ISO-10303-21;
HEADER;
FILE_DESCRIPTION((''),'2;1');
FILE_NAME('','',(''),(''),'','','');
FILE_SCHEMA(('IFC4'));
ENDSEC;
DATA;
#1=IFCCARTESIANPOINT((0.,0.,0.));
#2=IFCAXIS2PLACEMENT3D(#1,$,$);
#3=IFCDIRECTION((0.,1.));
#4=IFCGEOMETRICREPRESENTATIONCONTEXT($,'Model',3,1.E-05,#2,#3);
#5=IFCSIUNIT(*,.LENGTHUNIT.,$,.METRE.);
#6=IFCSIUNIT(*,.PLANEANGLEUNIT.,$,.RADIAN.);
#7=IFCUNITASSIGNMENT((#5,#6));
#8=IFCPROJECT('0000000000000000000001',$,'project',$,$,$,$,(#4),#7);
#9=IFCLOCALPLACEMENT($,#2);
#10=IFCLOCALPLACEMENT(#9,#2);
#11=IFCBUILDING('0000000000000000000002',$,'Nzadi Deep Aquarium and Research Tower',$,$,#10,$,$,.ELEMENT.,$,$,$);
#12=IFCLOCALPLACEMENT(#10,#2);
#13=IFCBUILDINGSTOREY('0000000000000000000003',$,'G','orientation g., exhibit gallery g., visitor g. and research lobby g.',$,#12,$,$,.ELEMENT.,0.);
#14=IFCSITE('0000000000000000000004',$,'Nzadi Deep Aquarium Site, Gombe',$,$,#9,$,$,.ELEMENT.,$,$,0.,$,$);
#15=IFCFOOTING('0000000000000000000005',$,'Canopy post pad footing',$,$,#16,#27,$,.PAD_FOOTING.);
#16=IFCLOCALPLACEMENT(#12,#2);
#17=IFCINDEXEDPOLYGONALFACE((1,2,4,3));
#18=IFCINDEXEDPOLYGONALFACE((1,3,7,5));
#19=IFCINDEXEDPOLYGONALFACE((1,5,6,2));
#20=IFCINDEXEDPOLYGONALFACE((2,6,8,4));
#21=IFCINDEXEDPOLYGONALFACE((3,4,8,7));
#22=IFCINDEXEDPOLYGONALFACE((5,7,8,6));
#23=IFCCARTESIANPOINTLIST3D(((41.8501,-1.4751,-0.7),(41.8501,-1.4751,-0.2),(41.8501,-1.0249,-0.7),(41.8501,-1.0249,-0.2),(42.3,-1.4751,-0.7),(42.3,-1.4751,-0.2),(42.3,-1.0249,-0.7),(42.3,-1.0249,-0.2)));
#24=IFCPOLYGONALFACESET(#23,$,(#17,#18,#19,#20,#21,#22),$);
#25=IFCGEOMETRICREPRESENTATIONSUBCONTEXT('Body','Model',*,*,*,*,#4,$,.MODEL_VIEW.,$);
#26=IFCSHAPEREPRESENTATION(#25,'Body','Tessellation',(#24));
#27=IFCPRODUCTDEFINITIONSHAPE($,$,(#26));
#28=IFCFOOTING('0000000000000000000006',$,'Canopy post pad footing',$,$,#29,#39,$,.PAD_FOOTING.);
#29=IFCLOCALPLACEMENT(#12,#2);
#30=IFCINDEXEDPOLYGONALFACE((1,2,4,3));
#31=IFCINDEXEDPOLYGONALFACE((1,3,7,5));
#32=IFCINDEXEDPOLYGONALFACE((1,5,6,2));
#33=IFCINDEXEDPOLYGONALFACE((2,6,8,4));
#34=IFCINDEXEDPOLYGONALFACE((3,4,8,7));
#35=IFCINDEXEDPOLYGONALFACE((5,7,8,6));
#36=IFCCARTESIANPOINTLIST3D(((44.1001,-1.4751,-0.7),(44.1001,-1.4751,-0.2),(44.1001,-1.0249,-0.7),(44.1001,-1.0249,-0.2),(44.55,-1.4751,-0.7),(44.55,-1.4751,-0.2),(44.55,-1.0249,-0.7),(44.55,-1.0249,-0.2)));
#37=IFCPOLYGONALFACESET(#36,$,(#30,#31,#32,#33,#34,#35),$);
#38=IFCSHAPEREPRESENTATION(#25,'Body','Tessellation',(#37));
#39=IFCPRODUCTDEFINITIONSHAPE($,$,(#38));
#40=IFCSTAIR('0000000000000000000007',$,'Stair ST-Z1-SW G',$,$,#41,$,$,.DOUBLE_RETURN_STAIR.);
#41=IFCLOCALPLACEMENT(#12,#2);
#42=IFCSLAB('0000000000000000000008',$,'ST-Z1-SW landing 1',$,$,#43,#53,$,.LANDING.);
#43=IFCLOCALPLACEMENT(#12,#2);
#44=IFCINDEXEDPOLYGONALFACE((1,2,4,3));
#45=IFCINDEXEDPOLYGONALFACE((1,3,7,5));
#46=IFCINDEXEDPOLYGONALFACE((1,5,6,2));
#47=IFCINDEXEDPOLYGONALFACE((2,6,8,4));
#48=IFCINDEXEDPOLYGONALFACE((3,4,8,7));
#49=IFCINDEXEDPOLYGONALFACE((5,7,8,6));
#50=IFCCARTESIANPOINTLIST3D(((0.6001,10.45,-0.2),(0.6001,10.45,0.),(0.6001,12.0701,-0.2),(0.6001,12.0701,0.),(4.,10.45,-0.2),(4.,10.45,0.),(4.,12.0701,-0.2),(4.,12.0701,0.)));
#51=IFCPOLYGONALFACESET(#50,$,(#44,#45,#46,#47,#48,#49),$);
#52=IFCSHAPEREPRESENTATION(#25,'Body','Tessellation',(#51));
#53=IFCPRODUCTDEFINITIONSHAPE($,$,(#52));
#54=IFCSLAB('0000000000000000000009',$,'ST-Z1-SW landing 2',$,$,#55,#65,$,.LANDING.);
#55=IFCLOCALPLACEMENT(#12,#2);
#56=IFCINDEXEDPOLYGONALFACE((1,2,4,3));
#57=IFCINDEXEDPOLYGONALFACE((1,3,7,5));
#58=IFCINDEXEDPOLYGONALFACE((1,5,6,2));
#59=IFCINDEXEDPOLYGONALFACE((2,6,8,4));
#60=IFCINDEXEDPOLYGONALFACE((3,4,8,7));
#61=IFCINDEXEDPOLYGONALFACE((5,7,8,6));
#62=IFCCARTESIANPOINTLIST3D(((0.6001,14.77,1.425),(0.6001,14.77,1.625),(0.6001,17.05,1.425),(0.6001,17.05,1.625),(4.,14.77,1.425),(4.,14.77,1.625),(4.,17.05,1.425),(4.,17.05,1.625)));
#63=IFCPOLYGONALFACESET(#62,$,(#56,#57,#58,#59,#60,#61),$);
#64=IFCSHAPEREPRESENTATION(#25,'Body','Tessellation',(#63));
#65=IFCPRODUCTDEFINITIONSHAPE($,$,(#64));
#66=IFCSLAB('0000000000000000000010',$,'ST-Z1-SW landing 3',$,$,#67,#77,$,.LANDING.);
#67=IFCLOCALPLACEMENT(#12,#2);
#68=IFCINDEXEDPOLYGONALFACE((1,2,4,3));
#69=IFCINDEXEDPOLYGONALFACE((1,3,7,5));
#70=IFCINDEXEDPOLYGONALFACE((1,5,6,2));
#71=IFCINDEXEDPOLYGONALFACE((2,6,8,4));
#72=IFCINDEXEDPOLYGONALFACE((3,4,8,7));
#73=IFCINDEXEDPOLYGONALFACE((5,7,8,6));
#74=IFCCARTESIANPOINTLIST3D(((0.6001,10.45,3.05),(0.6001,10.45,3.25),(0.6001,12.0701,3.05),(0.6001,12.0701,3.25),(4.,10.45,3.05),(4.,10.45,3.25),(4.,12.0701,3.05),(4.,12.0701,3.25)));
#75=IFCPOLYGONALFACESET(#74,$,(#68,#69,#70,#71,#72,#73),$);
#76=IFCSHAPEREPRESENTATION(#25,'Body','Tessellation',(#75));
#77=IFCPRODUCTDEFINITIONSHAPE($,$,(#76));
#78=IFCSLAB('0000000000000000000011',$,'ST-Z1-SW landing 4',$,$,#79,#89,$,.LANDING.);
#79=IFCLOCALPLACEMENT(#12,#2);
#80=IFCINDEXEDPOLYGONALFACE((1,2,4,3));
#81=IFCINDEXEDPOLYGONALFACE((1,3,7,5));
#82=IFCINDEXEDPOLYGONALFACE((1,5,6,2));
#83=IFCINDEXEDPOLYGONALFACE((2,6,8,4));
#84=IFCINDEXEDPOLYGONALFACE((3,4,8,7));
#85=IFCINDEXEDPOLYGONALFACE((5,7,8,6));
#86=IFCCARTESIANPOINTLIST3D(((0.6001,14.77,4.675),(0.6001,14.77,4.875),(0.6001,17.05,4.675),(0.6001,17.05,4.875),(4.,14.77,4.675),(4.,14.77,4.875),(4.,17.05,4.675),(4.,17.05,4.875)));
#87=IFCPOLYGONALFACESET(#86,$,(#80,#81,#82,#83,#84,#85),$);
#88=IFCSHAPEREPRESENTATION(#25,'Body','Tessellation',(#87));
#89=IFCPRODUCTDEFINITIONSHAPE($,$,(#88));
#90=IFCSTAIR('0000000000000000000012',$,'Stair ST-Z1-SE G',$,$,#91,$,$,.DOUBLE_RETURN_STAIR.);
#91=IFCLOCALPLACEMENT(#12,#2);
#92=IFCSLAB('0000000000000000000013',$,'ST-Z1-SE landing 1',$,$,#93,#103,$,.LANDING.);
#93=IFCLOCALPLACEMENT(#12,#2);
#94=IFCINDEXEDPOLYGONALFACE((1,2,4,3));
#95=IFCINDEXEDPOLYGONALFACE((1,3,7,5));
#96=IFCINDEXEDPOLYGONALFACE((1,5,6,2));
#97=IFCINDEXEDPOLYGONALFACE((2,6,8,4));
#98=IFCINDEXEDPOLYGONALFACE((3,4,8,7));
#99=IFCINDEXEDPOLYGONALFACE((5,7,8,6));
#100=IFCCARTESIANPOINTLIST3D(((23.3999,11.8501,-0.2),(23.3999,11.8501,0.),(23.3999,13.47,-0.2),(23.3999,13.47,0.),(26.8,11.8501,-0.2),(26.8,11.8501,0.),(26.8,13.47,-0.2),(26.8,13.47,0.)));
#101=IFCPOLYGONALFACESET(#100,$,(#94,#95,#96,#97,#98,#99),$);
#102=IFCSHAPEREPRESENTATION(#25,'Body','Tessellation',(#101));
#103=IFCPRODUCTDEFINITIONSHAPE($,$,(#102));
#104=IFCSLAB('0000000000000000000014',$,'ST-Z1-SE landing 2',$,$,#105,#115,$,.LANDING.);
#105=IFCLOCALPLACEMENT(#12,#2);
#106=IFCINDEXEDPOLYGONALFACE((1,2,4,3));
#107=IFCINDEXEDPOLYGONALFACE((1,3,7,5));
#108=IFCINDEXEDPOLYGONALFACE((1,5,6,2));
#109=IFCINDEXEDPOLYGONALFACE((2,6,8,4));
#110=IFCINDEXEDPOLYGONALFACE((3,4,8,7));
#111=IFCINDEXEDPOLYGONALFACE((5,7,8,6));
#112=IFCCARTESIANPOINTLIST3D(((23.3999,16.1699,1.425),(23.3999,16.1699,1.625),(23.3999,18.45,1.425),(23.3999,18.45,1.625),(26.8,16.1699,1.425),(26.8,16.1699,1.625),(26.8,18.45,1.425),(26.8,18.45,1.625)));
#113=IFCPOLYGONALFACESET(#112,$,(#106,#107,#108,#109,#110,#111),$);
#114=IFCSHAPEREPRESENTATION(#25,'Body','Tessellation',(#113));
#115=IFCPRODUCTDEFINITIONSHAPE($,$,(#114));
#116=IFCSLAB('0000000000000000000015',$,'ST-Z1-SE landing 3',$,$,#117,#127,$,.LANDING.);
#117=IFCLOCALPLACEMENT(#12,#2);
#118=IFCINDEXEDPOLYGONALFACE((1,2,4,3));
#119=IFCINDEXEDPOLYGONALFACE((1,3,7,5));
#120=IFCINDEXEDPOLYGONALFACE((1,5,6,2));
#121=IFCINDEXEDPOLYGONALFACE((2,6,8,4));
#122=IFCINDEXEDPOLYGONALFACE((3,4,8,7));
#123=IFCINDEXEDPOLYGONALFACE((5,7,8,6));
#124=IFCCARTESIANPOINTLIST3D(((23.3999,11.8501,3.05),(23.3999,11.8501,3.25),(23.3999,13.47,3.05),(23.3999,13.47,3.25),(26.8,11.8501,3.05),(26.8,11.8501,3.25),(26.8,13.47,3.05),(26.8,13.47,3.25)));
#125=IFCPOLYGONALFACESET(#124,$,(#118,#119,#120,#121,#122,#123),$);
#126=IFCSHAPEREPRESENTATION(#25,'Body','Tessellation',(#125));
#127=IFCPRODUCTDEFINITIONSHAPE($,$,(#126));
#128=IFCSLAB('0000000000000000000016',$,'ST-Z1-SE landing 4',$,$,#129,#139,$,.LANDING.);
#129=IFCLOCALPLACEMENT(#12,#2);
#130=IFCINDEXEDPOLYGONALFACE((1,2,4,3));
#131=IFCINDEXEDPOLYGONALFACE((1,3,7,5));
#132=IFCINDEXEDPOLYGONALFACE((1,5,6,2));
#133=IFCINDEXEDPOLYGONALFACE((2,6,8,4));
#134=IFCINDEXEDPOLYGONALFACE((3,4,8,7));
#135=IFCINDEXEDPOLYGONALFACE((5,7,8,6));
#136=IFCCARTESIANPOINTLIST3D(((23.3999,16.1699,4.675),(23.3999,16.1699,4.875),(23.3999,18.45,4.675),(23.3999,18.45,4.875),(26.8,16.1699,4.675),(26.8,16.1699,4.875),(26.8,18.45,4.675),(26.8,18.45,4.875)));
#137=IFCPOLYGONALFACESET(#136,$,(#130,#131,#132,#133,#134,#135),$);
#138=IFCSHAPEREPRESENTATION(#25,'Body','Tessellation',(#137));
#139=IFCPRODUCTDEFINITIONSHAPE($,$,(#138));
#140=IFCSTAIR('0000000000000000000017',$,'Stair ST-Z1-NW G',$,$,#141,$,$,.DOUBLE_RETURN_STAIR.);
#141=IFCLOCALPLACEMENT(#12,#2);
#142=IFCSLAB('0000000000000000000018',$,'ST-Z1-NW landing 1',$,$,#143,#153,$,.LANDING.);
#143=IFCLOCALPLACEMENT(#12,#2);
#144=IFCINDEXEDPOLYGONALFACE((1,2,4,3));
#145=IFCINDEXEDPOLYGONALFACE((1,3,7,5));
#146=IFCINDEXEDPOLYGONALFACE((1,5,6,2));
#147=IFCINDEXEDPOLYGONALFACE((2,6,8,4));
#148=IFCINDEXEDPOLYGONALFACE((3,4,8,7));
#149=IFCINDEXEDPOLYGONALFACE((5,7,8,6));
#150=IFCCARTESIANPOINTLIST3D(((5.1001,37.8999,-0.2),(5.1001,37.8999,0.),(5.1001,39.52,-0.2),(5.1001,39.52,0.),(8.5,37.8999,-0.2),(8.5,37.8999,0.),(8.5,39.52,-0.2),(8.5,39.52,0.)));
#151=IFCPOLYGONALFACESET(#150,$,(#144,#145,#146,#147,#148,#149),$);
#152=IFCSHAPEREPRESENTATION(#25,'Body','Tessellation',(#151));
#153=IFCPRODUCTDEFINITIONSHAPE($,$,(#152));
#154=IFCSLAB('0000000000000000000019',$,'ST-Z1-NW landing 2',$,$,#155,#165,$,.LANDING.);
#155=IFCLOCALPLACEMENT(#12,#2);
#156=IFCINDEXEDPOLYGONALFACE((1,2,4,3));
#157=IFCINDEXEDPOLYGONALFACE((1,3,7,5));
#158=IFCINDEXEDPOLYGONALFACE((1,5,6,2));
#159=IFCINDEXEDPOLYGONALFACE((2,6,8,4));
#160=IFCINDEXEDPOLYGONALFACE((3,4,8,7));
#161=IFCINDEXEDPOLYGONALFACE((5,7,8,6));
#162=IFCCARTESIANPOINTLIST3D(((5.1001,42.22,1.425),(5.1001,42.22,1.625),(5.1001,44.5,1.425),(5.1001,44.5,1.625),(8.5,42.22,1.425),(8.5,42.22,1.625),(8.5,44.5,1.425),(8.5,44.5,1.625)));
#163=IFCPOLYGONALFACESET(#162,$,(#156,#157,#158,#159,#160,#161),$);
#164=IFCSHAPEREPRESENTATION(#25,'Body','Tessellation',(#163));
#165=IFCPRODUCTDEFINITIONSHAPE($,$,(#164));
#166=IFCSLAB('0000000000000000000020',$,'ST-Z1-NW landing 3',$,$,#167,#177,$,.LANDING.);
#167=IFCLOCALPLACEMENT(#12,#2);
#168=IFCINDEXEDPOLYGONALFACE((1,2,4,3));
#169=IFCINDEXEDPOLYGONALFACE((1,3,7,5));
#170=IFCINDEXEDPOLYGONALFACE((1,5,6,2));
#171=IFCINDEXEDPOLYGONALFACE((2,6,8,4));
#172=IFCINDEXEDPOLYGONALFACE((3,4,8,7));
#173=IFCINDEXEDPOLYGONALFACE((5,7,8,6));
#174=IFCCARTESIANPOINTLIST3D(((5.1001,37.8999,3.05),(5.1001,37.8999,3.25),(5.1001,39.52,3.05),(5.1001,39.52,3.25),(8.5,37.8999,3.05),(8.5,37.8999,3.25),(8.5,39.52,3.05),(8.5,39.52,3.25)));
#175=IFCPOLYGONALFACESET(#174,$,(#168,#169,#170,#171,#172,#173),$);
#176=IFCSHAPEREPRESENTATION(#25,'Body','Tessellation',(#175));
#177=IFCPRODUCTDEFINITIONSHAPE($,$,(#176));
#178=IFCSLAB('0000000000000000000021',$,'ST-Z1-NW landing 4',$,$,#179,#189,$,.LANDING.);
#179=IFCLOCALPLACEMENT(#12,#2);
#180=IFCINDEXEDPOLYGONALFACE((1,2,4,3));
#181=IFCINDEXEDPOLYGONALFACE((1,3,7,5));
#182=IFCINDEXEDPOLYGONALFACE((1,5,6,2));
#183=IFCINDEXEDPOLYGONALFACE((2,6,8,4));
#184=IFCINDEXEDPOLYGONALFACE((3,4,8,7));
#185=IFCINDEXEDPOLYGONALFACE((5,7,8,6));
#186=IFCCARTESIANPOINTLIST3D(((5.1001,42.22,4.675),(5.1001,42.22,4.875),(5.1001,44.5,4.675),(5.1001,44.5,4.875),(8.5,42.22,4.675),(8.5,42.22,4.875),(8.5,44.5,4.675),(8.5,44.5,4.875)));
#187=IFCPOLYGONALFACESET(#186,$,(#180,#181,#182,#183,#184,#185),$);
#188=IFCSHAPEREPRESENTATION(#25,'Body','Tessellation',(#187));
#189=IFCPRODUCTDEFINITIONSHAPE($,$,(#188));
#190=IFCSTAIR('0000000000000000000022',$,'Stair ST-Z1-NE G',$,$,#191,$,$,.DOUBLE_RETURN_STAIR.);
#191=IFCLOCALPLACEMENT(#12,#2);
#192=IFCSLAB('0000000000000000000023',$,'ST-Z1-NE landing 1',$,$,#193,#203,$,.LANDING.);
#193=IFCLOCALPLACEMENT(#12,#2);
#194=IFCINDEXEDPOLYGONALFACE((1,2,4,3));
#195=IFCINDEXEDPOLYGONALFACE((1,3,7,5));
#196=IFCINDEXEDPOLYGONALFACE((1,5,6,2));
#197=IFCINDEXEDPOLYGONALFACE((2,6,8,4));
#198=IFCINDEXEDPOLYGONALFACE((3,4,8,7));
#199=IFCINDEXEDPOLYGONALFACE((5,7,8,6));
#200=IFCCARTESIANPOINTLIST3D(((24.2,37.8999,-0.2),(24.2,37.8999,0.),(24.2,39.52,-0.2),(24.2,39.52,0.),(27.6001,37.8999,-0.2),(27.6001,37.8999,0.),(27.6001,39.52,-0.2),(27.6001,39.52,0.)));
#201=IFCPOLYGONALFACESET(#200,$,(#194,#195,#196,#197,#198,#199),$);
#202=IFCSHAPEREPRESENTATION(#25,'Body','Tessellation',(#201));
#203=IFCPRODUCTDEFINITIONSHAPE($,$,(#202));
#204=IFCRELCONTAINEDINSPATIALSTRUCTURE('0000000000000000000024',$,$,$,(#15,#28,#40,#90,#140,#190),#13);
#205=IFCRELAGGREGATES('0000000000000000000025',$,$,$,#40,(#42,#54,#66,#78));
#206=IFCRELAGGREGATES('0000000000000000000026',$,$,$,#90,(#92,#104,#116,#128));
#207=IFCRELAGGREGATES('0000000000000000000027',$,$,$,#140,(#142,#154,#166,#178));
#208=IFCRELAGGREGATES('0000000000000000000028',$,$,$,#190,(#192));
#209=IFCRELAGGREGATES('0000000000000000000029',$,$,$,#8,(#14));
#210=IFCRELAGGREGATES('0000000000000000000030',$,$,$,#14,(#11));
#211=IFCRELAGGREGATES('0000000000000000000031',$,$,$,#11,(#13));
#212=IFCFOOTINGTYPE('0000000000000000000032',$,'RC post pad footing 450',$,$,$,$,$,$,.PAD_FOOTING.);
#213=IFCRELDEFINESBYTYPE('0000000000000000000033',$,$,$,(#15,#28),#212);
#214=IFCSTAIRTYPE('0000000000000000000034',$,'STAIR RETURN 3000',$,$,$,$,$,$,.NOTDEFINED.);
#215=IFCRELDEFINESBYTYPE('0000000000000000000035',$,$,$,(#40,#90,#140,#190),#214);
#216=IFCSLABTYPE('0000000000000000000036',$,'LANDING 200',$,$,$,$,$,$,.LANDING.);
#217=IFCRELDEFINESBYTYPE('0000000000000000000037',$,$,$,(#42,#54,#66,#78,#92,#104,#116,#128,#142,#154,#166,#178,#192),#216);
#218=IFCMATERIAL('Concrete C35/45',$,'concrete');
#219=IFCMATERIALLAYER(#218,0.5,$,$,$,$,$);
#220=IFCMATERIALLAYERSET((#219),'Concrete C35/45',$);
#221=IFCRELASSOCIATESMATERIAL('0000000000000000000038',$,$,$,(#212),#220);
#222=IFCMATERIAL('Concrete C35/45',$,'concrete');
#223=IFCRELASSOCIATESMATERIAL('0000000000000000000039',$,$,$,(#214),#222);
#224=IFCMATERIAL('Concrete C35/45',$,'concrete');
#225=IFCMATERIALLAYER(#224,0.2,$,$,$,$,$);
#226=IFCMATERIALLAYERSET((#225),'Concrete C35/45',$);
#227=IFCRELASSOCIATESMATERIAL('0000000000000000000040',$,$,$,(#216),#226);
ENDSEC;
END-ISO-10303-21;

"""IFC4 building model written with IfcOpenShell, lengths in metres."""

from ifc_helpers import new_model, si_unit, direction, frame, origin, place, context, subcontext, project, spatial, polyline, outline, extrude, material, layer, layer_set, type_object, element, aggregate, save


model = new_model("IFC4")

# Units and contexts
model_context = context("Model", 3, precision=1e-05, world=origin(), true_north=direction((0.0, 1.0)))
body_context = subcontext(model_context, "Body", "Model", "MODEL_VIEW")
ifc_project = project(units=[si_unit("LENGTHUNIT", "METRE"), si_unit("PLANEANGLEUNIT", "RADIAN")], contexts=[model_context])

# Site, building, storey
site_placement = place(None, origin())
site = spatial("IfcSite", under=ifc_project, at=site_placement, Name="Nzadi Deep Aquarium Site, Gombe", CompositionType="ELEMENT", RefElevation=0.0)
building_placement = place(site_placement, origin())
building = spatial("IfcBuilding", under=site, at=building_placement, Name="Nzadi Deep Aquarium and Research Tower", CompositionType="ELEMENT")
storey_placement = place(building_placement, origin())
storey = spatial("IfcBuildingStorey", under=building, at=storey_placement, Name="G", Description="orientation g., exhibit gallery g., visitor g. and research lobby g.", CompositionType="ELEMENT", Elevation=0.0)

# Footings
ifc_material_1 = material(Name="Concrete C35/45", Category="concrete")
ifc_layer_1 = layer(ifc_material_1, 0.5)
ifc_layer_set_1 = layer_set([ifc_layer_1], Name="Concrete C35/45")
footing_type = type_object("IfcFootingType", Name="RC post pad footing 450", PredefinedType="PAD_FOOTING", material=ifc_layer_set_1)
footing_1_placement = place(storey_placement, frame((0.0, 0.0, -0.7)))
element("IfcFooting", 1, at=footing_1_placement, inside=storey, type_object=footing_type, Name="Canopy post pad footing", PredefinedType="PAD_FOOTING", context=body_context, shape_type="SweptSolid", body=[
    extrude(outline(polyline([(41.8501, -1.4751), (42.3, -1.4751), (42.3, -1.0249), (41.8501, -1.0249), (41.8501, -1.4751)])), origin(), (0.0, 0.0, 1.0), 0.5),
])
footing_2_placement = place(storey_placement, frame((0.0, 0.0, -0.7)))
element("IfcFooting", 2, at=footing_2_placement, inside=storey, type_object=footing_type, Name="Canopy post pad footing", PredefinedType="PAD_FOOTING", context=body_context, shape_type="SweptSolid", body=[
    extrude(outline(polyline([(44.1001, -1.4751), (44.55, -1.4751), (44.55, -1.0249), (44.1001, -1.0249), (44.1001, -1.4751)])), origin(), (0.0, 0.0, 1.0), 0.5),
])

# Stairs, slabs
ifc_material_2 = material(Name="Concrete C35/45", Category="concrete")
stair_type = type_object("IfcStairType", Name="STAIR RETURN 3000", PredefinedType="NOTDEFINED", material=ifc_material_2)
stair_1_placement = place(storey_placement, origin())
stair_1 = element("IfcStair", 3, at=stair_1_placement, inside=storey, type_object=stair_type, Name="Stair ST-Z1-SW G", PredefinedType="DOUBLE_RETURN_STAIR")
ifc_material_3 = material(Name="Concrete C35/45", Category="concrete")
ifc_layer_2 = layer(ifc_material_3, 0.2)
ifc_layer_set_2 = layer_set([ifc_layer_2], Name="Concrete C35/45")
slab_type_1 = type_object("IfcSlabType", Name="LANDING 200", PredefinedType="LANDING", material=ifc_layer_set_2)
slab_1_placement = place(storey_placement, frame((0.0, 0.0, -0.2)))
slab_1 = element("IfcSlab", 4, at=slab_1_placement, type_object=slab_type_1, Name="ST-Z1-SW landing 1", PredefinedType="LANDING", context=body_context, shape_type="SweptSolid", body=[
    extrude(outline(polyline([(0.6001, 10.45), (4.0, 10.45), (4.0, 12.0701), (0.6001, 12.0701), (0.6001, 10.45)])), origin(), (0.0, 0.0, 1.0), 0.2),
])
slab_2_placement = place(storey_placement, frame((0.0, 0.0, 1.425)))
slab_2 = element("IfcSlab", 5, at=slab_2_placement, type_object=slab_type_1, Name="ST-Z1-SW landing 2", PredefinedType="LANDING", context=body_context, shape_type="SweptSolid", body=[
    extrude(outline(polyline([(0.6001, 14.77), (4.0, 14.77), (4.0, 17.05), (0.6001, 17.05), (0.6001, 14.77)])), origin(), (0.0, 0.0, 1.0), 0.2),
])
slab_3_placement = place(storey_placement, frame((0.0, 0.0, 3.05)))
slab_3 = element("IfcSlab", 6, at=slab_3_placement, type_object=slab_type_1, Name="ST-Z1-SW landing 3", PredefinedType="LANDING", context=body_context, shape_type="SweptSolid", body=[
    extrude(outline(polyline([(0.6001, 10.45), (4.0, 10.45), (4.0, 12.0701), (0.6001, 12.0701), (0.6001, 10.45)])), origin(), (0.0, 0.0, 1.0), 0.2),
])
slab_4_placement = place(storey_placement, frame((0.0, 0.0, 4.675)))
slab_4 = element("IfcSlab", 7, at=slab_4_placement, type_object=slab_type_1, Name="ST-Z1-SW landing 4", PredefinedType="LANDING", context=body_context, shape_type="SweptSolid", body=[
    extrude(outline(polyline([(0.6001, 14.77), (4.0, 14.77), (4.0, 17.05), (0.6001, 17.05), (0.6001, 14.77)])), origin(), (0.0, 0.0, 1.0), 0.2),
])
aggregate(stair_1, [slab_1, slab_2, slab_3, slab_4])
stair_2_placement = place(storey_placement, origin())
stair_2 = element("IfcStair", 8, at=stair_2_placement, inside=storey, type_object=stair_type, Name="Stair ST-Z1-SE G", PredefinedType="DOUBLE_RETURN_STAIR")
slab_5_placement = place(storey_placement, frame((0.0, 0.0, -0.2)))
slab_5 = element("IfcSlab", 9, at=slab_5_placement, type_object=slab_type_1, Name="ST-Z1-SE landing 1", PredefinedType="LANDING", context=body_context, shape_type="SweptSolid", body=[
    extrude(outline(polyline([(23.3999, 11.8501), (26.8, 11.8501), (26.8, 13.47), (23.3999, 13.47), (23.3999, 11.8501)])), origin(), (0.0, 0.0, 1.0), 0.2),
])
slab_6_placement = place(storey_placement, frame((0.0, 0.0, 1.425)))
slab_6 = element("IfcSlab", 10, at=slab_6_placement, type_object=slab_type_1, Name="ST-Z1-SE landing 2", PredefinedType="LANDING", context=body_context, shape_type="SweptSolid", body=[
    extrude(outline(polyline([(23.3999, 16.1699), (26.8, 16.1699), (26.8, 18.45), (23.3999, 18.45), (23.3999, 16.1699)])), origin(), (0.0, 0.0, 1.0), 0.2),
])
slab_7_placement = place(storey_placement, frame((0.0, 0.0, 3.05)))
slab_7 = element("IfcSlab", 11, at=slab_7_placement, type_object=slab_type_1, Name="ST-Z1-SE landing 3", PredefinedType="LANDING", context=body_context, shape_type="SweptSolid", body=[
    extrude(outline(polyline([(23.3999, 11.8501), (26.8, 11.8501), (26.8, 13.47), (23.3999, 13.47), (23.3999, 11.8501)])), origin(), (0.0, 0.0, 1.0), 0.2),
])
slab_8_placement = place(storey_placement, frame((0.0, 0.0, 4.675)))
slab_8 = element("IfcSlab", 12, at=slab_8_placement, type_object=slab_type_1, Name="ST-Z1-SE landing 4", PredefinedType="LANDING", context=body_context, shape_type="SweptSolid", body=[
    extrude(outline(polyline([(23.3999, 16.1699), (26.8, 16.1699), (26.8, 18.45), (23.3999, 18.45), (23.3999, 16.1699)])), origin(), (0.0, 0.0, 1.0), 0.2),
])
aggregate(stair_2, [slab_5, slab_6, slab_7, slab_8])
stair_3_placement = place(storey_placement, origin())
stair_3 = element("IfcStair", 13, at=stair_3_placement, inside=storey, type_object=stair_type, Name="Stair ST-Z1-NW G", PredefinedType="DOUBLE_RETURN_STAIR")
slab_9_placement = place(storey_placement, frame((0.0, 0.0, -0.2)))
slab_9 = element("IfcSlab", 14, at=slab_9_placement, type_object=slab_type_1, Name="ST-Z1-NW landing 1", PredefinedType="LANDING", context=body_context, shape_type="SweptSolid", body=[
    extrude(outline(polyline([(5.1001, 37.8999), (8.5, 37.8999), (8.5, 39.52), (5.1001, 39.52), (5.1001, 37.8999)])), origin(), (0.0, 0.0, 1.0), 0.2),
])
slab_10_placement = place(storey_placement, frame((0.0, 0.0, 1.425)))
slab_10 = element("IfcSlab", 15, at=slab_10_placement, type_object=slab_type_1, Name="ST-Z1-NW landing 2", PredefinedType="LANDING", context=body_context, shape_type="SweptSolid", body=[
    extrude(outline(polyline([(5.1001, 42.22), (8.5, 42.22), (8.5, 44.5), (5.1001, 44.5), (5.1001, 42.22)])), origin(), (0.0, 0.0, 1.0), 0.2),
])
slab_11_placement = place(storey_placement, frame((0.0, 0.0, 3.05)))
slab_11 = element("IfcSlab", 16, at=slab_11_placement, type_object=slab_type_1, Name="ST-Z1-NW landing 3", PredefinedType="LANDING", context=body_context, shape_type="SweptSolid", body=[
    extrude(outline(polyline([(5.1001, 37.8999), (8.5, 37.8999), (8.5, 39.52), (5.1001, 39.52), (5.1001, 37.8999)])), origin(), (0.0, 0.0, 1.0), 0.2),
])
slab_12_placement = place(storey_placement, frame((0.0, 0.0, 4.675)))
slab_12 = element("IfcSlab", 17, at=slab_12_placement, type_object=slab_type_1, Name="ST-Z1-NW landing 4", PredefinedType="LANDING", context=body_context, shape_type="SweptSolid", body=[
    extrude(outline(polyline([(5.1001, 42.22), (8.5, 42.22), (8.5, 44.5), (5.1001, 44.5), (5.1001, 42.22)])), origin(), (0.0, 0.0, 1.0), 0.2),
])
aggregate(stair_3, [slab_9, slab_10, slab_11, slab_12])
stair_4_placement = place(storey_placement, origin())
stair_4 = element("IfcStair", 18, at=stair_4_placement, inside=storey, type_object=stair_type, Name="Stair ST-Z1-NE G", PredefinedType="DOUBLE_RETURN_STAIR")
slab_13_placement = place(storey_placement, frame((0.0, 0.0, -0.2)))
slab_13 = element("IfcSlab", 19, at=slab_13_placement, type_object=slab_type_1, Name="ST-Z1-NE landing 1", PredefinedType="LANDING", context=body_context, shape_type="SweptSolid", body=[
    extrude(outline(polyline([(24.2, 37.8999), (27.6001, 37.8999), (27.6001, 39.52), (24.2, 39.52), (24.2, 37.8999)])), origin(), (0.0, 0.0, 1.0), 0.2),
])
aggregate(stair_4, [slab_13])

save(model, "model.ifc")
